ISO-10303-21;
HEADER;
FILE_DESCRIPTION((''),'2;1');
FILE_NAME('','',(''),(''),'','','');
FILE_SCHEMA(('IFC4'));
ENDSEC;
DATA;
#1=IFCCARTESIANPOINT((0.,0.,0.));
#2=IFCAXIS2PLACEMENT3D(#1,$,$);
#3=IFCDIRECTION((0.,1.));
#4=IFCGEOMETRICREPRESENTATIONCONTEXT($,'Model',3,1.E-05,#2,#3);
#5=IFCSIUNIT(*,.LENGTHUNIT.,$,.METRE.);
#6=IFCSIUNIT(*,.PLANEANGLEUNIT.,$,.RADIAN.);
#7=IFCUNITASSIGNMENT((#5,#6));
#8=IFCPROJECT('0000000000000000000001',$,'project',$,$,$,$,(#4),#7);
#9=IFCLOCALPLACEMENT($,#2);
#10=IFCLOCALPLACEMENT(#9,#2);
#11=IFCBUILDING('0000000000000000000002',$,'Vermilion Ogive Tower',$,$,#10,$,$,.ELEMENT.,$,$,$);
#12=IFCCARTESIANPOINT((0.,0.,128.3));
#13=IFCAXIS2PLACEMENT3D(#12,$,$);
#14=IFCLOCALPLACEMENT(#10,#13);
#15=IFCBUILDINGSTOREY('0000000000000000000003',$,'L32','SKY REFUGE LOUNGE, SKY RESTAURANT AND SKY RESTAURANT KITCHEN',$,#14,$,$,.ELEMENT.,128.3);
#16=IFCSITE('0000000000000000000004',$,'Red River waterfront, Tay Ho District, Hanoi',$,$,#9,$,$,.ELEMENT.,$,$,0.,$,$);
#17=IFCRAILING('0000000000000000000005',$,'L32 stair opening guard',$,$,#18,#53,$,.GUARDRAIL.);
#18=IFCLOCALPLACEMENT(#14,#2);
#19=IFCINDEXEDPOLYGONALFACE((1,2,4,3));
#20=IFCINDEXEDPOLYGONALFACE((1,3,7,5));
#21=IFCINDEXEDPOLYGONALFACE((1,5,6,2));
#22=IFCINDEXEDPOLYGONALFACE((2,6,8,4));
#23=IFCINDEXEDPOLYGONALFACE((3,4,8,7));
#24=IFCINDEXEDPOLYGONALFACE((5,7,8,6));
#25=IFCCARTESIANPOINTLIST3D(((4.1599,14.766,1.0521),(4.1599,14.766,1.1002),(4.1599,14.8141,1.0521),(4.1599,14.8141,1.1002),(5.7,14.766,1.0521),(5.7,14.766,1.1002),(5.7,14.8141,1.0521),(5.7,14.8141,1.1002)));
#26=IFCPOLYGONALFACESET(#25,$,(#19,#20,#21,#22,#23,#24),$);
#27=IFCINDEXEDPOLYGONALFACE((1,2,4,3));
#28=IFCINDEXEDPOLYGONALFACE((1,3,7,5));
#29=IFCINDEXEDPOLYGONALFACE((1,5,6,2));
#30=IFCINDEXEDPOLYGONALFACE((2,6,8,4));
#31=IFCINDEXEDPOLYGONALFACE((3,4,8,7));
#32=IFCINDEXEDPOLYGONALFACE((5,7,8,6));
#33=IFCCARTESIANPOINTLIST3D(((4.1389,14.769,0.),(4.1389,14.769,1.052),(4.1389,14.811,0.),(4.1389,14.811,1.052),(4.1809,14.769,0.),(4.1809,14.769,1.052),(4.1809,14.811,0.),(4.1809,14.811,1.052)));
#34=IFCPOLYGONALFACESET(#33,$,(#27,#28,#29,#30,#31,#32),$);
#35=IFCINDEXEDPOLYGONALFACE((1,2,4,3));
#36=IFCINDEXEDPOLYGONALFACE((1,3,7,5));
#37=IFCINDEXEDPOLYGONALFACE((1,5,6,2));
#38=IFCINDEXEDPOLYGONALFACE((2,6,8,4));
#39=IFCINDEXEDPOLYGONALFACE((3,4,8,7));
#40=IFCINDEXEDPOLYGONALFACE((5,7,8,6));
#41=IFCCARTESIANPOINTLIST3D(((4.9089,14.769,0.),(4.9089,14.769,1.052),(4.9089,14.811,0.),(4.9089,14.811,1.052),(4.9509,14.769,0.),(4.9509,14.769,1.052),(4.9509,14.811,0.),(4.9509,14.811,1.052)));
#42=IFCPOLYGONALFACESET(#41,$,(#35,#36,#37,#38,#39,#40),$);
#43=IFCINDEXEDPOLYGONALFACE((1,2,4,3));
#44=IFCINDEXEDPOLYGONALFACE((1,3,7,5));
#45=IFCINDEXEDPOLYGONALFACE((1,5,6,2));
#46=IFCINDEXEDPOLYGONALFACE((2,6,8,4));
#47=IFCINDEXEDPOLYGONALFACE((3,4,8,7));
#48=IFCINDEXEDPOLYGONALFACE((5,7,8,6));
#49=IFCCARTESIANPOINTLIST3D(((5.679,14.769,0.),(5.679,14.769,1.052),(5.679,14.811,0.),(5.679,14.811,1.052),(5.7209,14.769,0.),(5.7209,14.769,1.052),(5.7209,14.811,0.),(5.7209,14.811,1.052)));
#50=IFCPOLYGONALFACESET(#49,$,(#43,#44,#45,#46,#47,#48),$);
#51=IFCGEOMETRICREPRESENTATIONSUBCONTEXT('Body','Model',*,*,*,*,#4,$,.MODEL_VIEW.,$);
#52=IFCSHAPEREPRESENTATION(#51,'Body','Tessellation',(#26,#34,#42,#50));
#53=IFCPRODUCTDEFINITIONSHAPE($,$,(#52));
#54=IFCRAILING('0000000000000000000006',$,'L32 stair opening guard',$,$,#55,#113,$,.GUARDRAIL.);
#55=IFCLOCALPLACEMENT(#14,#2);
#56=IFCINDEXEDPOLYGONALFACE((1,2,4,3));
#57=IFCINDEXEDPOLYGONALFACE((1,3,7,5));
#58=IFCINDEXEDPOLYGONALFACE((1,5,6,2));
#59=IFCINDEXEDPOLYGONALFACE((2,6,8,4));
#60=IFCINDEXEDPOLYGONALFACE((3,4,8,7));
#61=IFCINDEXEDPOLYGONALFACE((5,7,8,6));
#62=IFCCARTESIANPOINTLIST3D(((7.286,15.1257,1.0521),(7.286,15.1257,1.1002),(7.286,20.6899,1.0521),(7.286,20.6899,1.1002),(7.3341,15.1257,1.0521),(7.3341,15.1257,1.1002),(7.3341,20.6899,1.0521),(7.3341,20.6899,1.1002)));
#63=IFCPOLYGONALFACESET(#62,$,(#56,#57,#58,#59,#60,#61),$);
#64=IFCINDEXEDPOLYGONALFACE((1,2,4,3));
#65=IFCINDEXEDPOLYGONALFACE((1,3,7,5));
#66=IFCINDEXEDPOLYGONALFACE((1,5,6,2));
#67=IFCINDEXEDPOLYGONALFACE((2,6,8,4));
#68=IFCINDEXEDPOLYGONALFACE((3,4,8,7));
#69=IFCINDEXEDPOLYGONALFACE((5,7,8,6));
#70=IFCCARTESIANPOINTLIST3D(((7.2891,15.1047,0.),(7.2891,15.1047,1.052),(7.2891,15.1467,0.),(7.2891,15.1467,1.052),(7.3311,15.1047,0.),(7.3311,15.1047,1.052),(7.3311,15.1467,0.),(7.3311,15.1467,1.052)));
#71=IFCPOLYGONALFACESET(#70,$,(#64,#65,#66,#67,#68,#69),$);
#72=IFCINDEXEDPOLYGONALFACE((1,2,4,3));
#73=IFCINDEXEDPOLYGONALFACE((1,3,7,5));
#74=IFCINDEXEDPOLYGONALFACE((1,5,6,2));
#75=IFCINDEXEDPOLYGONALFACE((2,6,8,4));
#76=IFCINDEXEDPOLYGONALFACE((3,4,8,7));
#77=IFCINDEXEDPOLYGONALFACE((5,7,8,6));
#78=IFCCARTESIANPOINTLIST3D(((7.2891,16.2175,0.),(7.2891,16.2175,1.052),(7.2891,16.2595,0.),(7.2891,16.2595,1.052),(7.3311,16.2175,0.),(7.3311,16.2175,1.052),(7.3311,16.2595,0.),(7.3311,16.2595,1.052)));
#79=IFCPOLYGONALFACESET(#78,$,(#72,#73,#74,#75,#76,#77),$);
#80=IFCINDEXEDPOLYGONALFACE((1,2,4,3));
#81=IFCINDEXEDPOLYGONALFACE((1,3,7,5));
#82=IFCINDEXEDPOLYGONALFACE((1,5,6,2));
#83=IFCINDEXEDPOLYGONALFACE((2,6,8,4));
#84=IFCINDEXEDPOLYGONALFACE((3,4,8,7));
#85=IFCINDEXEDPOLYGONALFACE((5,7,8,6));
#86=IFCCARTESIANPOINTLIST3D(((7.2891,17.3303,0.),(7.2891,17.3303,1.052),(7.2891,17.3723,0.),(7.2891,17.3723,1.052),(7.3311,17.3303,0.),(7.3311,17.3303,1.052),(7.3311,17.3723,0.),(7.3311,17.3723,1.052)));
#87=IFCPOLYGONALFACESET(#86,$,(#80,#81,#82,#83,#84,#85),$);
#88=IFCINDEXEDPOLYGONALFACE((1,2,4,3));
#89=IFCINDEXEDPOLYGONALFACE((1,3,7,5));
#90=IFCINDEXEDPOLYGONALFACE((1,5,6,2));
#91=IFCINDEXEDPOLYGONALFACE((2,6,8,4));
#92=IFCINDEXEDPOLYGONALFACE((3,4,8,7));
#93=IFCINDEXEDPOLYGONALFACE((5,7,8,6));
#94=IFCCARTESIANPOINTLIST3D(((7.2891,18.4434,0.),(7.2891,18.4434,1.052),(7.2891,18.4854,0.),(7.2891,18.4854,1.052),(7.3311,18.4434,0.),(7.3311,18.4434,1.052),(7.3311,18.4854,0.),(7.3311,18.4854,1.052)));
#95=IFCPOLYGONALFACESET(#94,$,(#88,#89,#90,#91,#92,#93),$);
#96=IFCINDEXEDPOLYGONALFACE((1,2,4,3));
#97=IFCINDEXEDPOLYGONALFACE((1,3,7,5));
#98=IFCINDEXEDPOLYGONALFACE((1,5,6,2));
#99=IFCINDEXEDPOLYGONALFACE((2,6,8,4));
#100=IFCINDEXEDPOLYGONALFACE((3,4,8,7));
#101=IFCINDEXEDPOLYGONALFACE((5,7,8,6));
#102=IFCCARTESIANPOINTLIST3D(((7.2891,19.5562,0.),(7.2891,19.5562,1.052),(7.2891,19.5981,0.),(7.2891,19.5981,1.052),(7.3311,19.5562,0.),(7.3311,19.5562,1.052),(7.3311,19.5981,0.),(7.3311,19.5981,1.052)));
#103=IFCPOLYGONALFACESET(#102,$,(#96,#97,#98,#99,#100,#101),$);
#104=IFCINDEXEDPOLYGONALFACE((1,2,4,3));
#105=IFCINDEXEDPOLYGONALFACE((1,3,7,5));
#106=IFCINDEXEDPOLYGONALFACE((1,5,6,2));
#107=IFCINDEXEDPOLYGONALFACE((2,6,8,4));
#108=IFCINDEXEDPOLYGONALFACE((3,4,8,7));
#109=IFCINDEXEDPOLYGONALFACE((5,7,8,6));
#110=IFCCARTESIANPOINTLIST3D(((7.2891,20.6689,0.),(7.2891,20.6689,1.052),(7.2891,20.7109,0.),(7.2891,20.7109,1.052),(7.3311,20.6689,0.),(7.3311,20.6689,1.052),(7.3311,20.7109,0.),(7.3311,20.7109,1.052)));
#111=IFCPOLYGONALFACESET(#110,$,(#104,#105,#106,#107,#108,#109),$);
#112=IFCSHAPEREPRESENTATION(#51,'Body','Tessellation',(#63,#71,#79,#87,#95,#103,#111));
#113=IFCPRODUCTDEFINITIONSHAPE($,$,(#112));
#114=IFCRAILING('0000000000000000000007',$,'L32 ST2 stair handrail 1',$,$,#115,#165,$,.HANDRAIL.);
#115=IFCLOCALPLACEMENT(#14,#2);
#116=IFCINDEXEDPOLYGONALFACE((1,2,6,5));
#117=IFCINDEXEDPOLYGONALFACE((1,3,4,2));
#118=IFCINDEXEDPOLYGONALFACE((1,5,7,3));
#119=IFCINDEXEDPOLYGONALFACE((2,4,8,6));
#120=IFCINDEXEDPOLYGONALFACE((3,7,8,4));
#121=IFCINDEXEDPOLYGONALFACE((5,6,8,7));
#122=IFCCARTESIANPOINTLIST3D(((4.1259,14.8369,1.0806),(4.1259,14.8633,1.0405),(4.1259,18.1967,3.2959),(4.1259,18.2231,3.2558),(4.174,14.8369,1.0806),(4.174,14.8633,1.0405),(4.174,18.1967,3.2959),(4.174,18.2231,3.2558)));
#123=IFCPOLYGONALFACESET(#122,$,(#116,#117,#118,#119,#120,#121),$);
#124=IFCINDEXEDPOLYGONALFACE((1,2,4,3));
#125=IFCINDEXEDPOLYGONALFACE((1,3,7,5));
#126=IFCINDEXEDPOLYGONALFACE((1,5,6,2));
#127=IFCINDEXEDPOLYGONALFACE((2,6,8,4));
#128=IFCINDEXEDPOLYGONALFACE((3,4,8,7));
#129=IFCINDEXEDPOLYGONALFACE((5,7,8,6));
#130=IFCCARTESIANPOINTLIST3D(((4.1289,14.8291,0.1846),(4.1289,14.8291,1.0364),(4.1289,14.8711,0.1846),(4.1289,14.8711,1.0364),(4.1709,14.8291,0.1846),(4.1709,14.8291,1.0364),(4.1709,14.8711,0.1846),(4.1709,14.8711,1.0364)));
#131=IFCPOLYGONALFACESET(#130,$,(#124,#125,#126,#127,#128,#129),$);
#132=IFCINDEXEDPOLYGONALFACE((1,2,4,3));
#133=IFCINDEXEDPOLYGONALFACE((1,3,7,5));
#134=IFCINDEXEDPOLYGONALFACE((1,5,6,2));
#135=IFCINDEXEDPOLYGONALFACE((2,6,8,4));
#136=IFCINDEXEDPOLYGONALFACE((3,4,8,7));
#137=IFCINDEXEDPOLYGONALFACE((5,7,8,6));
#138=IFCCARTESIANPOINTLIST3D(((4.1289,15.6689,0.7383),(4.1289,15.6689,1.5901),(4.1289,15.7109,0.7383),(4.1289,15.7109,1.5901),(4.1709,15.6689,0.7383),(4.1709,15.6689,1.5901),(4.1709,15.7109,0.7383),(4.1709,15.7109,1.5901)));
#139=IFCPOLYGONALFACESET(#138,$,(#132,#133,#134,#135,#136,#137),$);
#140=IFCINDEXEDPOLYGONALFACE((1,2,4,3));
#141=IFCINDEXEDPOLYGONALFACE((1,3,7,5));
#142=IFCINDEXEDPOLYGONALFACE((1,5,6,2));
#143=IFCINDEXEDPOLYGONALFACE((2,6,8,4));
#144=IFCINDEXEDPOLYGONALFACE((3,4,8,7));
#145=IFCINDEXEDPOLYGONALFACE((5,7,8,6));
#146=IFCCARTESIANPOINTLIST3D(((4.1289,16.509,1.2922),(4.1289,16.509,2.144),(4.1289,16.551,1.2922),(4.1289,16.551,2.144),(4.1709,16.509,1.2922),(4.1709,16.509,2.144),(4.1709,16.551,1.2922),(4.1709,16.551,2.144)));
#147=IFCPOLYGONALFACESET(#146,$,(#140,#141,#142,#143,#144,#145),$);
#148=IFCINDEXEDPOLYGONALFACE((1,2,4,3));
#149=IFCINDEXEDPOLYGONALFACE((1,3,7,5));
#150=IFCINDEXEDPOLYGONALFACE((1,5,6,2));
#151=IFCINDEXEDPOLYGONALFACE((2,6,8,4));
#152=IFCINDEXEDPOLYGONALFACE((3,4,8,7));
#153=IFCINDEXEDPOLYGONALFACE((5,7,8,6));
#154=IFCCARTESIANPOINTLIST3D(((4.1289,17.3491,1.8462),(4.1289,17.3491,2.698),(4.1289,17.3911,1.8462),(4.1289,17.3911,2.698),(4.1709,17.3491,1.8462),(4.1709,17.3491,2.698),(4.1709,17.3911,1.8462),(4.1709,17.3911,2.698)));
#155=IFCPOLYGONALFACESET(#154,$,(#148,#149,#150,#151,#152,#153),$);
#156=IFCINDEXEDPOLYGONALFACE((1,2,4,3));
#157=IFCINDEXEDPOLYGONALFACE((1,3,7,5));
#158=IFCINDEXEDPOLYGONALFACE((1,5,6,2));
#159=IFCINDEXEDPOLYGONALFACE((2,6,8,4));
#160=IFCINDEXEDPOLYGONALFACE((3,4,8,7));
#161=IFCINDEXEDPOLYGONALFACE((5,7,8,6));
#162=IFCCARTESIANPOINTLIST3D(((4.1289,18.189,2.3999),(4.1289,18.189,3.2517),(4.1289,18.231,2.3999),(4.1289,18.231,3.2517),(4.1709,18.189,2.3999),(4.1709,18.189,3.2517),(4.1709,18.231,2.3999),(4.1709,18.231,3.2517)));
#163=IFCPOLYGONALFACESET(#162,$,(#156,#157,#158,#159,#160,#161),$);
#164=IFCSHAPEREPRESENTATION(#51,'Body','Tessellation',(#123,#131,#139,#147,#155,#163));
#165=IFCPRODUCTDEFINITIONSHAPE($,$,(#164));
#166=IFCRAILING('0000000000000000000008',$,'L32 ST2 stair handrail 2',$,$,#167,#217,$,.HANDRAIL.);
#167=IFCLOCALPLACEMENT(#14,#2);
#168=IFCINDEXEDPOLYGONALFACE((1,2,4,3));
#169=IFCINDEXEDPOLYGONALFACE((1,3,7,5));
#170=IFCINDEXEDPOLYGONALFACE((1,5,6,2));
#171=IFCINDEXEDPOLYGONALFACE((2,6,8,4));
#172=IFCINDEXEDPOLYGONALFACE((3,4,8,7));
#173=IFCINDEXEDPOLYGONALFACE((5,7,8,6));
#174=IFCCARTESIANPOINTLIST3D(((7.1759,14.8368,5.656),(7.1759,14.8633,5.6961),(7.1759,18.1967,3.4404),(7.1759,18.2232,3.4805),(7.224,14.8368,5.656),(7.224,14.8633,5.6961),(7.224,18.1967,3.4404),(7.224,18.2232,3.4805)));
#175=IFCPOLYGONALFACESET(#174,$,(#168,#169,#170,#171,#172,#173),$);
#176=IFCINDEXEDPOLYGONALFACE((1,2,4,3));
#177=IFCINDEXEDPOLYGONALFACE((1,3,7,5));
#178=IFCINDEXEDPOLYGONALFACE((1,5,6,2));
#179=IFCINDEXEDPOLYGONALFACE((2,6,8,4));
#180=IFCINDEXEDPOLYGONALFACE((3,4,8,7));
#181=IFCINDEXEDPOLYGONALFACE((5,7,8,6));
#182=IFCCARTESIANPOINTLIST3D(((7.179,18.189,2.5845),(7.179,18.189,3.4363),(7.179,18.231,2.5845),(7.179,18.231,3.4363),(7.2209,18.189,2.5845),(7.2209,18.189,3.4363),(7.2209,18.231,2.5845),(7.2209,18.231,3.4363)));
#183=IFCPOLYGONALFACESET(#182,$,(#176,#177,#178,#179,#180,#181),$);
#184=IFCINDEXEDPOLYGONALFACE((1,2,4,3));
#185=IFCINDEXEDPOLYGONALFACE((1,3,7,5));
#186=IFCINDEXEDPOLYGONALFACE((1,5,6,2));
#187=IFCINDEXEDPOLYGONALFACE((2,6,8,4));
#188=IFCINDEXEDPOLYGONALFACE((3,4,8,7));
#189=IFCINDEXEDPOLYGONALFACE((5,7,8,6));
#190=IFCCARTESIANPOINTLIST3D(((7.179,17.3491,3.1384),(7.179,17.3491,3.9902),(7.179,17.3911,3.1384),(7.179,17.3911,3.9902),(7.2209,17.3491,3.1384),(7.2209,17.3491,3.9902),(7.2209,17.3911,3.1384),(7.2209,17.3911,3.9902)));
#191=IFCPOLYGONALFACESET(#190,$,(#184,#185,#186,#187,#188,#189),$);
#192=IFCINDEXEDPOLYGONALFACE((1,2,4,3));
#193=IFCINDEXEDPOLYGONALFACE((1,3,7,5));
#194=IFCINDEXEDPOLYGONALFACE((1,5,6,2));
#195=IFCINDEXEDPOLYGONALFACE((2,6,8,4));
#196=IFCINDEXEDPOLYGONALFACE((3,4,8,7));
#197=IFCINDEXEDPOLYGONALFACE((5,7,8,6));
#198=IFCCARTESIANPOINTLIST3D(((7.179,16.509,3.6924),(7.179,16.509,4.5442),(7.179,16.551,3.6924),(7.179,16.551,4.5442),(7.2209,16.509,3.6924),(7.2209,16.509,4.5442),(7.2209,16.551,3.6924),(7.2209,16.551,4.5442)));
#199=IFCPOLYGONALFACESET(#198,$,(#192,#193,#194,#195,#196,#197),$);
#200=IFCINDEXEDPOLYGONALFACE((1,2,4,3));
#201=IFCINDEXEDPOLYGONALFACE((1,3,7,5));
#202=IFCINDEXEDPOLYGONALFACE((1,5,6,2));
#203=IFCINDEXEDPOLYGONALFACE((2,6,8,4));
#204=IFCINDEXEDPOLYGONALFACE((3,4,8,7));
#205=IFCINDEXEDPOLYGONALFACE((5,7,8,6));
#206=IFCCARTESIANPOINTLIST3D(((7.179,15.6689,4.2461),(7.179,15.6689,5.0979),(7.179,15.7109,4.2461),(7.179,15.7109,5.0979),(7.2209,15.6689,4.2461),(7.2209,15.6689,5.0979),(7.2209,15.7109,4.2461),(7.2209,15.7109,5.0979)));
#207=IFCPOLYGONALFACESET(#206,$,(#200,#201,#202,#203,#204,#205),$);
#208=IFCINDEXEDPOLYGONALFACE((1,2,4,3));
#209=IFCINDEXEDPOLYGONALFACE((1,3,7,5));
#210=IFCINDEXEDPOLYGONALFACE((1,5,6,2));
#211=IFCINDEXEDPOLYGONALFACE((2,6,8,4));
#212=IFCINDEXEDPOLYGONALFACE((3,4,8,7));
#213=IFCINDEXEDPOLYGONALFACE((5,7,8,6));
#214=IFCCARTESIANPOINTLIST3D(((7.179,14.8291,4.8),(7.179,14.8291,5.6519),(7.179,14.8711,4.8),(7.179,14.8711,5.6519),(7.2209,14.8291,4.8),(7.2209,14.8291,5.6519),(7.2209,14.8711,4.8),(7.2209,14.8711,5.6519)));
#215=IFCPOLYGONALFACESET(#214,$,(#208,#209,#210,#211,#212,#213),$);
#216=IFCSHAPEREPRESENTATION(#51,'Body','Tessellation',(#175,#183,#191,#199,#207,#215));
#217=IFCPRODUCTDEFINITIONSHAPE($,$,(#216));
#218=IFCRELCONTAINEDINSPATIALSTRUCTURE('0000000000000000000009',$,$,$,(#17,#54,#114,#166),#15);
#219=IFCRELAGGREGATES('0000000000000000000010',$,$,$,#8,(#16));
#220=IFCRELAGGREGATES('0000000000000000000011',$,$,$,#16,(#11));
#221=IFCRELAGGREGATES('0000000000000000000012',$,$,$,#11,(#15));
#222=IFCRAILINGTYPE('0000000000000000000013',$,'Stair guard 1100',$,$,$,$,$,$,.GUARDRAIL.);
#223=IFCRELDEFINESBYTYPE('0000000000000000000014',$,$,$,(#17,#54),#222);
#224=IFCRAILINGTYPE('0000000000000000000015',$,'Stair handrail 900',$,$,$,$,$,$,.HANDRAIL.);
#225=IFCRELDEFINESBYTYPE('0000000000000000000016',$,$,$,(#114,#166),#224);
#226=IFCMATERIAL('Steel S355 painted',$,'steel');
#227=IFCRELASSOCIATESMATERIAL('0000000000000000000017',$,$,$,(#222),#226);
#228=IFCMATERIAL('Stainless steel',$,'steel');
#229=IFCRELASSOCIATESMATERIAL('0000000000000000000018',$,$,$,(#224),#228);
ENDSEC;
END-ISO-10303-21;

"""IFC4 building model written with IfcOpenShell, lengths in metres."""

from ifc_helpers import new_model, si_unit, direction, frame, origin, origin_2d, place, context, subcontext, project, spatial, rectangle, extrude, material, type_object, element, save


model = new_model("IFC4")

# Units and contexts
model_context = context("Model", 3, precision=1e-05, world=origin(), true_north=direction((0.0, 1.0)))
body_context = subcontext(model_context, "Body", "Model", "MODEL_VIEW")
ifc_project = project(units=[si_unit("LENGTHUNIT", "METRE"), si_unit("PLANEANGLEUNIT", "RADIAN")], contexts=[model_context])

# Site, building, storey
site_placement = place(None, origin())
site = spatial("IfcSite", under=ifc_project, at=site_placement, Name="Red River waterfront, Tay Ho District, Hanoi", CompositionType="ELEMENT", RefElevation=0.0)
building_placement = place(site_placement, origin())
building = spatial("IfcBuilding", under=site, at=building_placement, Name="Vermilion Ogive Tower", CompositionType="ELEMENT")
storey_placement = place(building_placement, frame((0.0, 0.0, 128.3)))
storey = spatial("IfcBuildingStorey", under=building, at=storey_placement, Name="L32", Description="SKY REFUGE LOUNGE, SKY RESTAURANT AND SKY RESTAURANT KITCHEN", CompositionType="ELEMENT", Elevation=128.3)

# Railings
ifc_material_1 = material(Name="Steel S355 painted", Category="steel")
railing_type_1 = type_object("IfcRailingType", Name="Stair guard 1100", PredefinedType="GUARDRAIL", material=ifc_material_1)
railing_1_placement = place(storey_placement, frame((4.1599, 14.79, 0.0)))
element("IfcRailing", 1, at=railing_1_placement, inside=storey, type_object=railing_type_1, Name="L32 stair opening guard", PredefinedType="GUARDRAIL", context=body_context, shape_type="SweptSolid", body=[
    extrude(rectangle(XDim=0.0481, YDim=0.0481, at=origin_2d()), frame((0.0, 0.0, 1.0762), z_axis=(1.0, 0.0, 0.0), x_axis=(0.0, 1.0, 0.0)), (0.0, 0.0, 1.0), 1.54),
    extrude(rectangle(XDim=0.042, YDim=0.042, at=origin_2d()), origin(), (0.0, 0.0, 1.0), 1.052),
    extrude(rectangle(XDim=0.042, YDim=0.042, at=origin_2d()), frame((0.77, 0.0, 0.0)), (0.0, 0.0, 1.0), 1.052),
    extrude(rectangle(XDim=0.042, YDim=0.042, at=origin_2d()), frame((1.54, 0.0, 0.0)), (0.0, 0.0, 1.0), 1.052),
])
railing_2_placement = place(storey_placement, frame((7.3101, 15.1257, 0.0)))
element("IfcRailing", 2, at=railing_2_placement, inside=storey, type_object=railing_type_1, Name="L32 stair opening guard", PredefinedType="GUARDRAIL", context=body_context, shape_type="SweptSolid", body=[
    extrude(rectangle(XDim=0.0481, YDim=0.0481, at=origin_2d()), frame((0.0, 0.0, 1.0762), z_axis=(0.0, 1.0, 0.0), x_axis=(-1.0, 0.0, 0.0)), (0.0, 0.0, 1.0), 5.5642),
    extrude(rectangle(XDim=0.042, YDim=0.042, at=origin_2d()), origin(), (0.0, 0.0, 1.0), 1.052),
    extrude(rectangle(XDim=0.042, YDim=0.042, at=origin_2d()), frame((0.0, 1.1128, 0.0)), (0.0, 0.0, 1.0), 1.052),
    extrude(rectangle(XDim=0.042, YDim=0.042, at=origin_2d()), frame((0.0, 2.2256, 0.0)), (0.0, 0.0, 1.0), 1.052),
    extrude(rectangle(XDim=0.042, YDim=0.042, at=origin_2d()), frame((0.0, 3.3386, 0.0)), (0.0, 0.0, 1.0), 1.052),
    extrude(rectangle(XDim=0.042, YDim=0.042, at=origin_2d()), frame((0.0, 4.4514, 0.0)), (0.0, 0.0, 1.0), 1.052),
    extrude(rectangle(XDim=0.042, YDim=0.042, at=origin_2d()), frame((0.0, 5.5642, 0.0)), (0.0, 0.0, 1.0), 1.052),
])
ifc_material_2 = material(Name="Stainless steel", Category="steel")
railing_type_2 = type_object("IfcRailingType", Name="Stair handrail 900", PredefinedType="HANDRAIL", material=ifc_material_2)
railing_3_placement = place(storey_placement, frame((4.1499, 14.8501, 0.1846)))
element("IfcRailing", 3, at=railing_3_placement, inside=storey, type_object=railing_type_2, Name="L32 ST2 stair handrail 1", PredefinedType="HANDRAIL", context=body_context, shape_type="SweptSolid", body=[
    extrude(rectangle(XDim=0.0481, YDim=0.0481, at=origin_2d()), frame((0.0, 0.0, 0.876), z_axis=(0.0, 0.834858, 0.550465), x_axis=(-1.0, 0.0, 0.0)), (0.0, 0.0, 1.0), 4.0244),
    extrude(rectangle(XDim=0.042, YDim=0.042, at=origin_2d()), origin(), (0.0, 0.0, 1.0), 0.8518),
    extrude(rectangle(XDim=0.042, YDim=0.042, at=origin_2d()), frame((0.0, 0.8398, 0.5537)), (0.0, 0.0, 1.0), 0.8518),
    extrude(rectangle(XDim=0.042, YDim=0.042, at=origin_2d()), frame((0.0, 1.6799, 1.1077)), (0.0, 0.0, 1.0), 0.8518),
    extrude(rectangle(XDim=0.042, YDim=0.042, at=origin_2d()), frame((0.0, 2.52, 1.6616)), (0.0, 0.0, 1.0), 0.8518),
    extrude(rectangle(XDim=0.042, YDim=0.042, at=origin_2d()), frame((0.0, 3.3599, 2.2153)), (0.0, 0.0, 1.0), 0.8518),
])
railing_4_placement = place(storey_placement, frame((7.2, 18.21, 2.5845)))
element("IfcRailing", 4, at=railing_4_placement, inside=storey, type_object=railing_type_2, Name="L32 ST2 stair handrail 2", PredefinedType="HANDRAIL", context=body_context, shape_type="SweptSolid", body=[
    extrude(rectangle(XDim=0.0481, YDim=0.0481, at=origin_2d()), frame((0.0, 0.0, 0.876), z_axis=(0.0, -0.83483, 0.550508), x_axis=(1.0, 0.0, 0.0)), (0.0, 0.0, 1.0), 4.0247),
    extrude(rectangle(XDim=0.042, YDim=0.042, at=origin_2d()), origin(), (0.0, 0.0, 1.0), 0.8518),
    extrude(rectangle(XDim=0.042, YDim=0.042, at=origin_2d()), frame((0.0, -0.8398, 0.554)), (0.0, 0.0, 1.0), 0.8518),
    extrude(rectangle(XDim=0.042, YDim=0.042, at=origin_2d()), frame((0.0, -1.6799, 1.1079)), (0.0, 0.0, 1.0), 0.8518),
    extrude(rectangle(XDim=0.042, YDim=0.042, at=origin_2d()), frame((0.0, -2.52, 1.6616)), (0.0, 0.0, 1.0), 0.8518),
    extrude(rectangle(XDim=0.042, YDim=0.042, at=origin_2d()), frame((0.0, -3.3599, 2.2156)), (0.0, 0.0, 1.0), 0.8518),
])

save(model, "model.ifc")
